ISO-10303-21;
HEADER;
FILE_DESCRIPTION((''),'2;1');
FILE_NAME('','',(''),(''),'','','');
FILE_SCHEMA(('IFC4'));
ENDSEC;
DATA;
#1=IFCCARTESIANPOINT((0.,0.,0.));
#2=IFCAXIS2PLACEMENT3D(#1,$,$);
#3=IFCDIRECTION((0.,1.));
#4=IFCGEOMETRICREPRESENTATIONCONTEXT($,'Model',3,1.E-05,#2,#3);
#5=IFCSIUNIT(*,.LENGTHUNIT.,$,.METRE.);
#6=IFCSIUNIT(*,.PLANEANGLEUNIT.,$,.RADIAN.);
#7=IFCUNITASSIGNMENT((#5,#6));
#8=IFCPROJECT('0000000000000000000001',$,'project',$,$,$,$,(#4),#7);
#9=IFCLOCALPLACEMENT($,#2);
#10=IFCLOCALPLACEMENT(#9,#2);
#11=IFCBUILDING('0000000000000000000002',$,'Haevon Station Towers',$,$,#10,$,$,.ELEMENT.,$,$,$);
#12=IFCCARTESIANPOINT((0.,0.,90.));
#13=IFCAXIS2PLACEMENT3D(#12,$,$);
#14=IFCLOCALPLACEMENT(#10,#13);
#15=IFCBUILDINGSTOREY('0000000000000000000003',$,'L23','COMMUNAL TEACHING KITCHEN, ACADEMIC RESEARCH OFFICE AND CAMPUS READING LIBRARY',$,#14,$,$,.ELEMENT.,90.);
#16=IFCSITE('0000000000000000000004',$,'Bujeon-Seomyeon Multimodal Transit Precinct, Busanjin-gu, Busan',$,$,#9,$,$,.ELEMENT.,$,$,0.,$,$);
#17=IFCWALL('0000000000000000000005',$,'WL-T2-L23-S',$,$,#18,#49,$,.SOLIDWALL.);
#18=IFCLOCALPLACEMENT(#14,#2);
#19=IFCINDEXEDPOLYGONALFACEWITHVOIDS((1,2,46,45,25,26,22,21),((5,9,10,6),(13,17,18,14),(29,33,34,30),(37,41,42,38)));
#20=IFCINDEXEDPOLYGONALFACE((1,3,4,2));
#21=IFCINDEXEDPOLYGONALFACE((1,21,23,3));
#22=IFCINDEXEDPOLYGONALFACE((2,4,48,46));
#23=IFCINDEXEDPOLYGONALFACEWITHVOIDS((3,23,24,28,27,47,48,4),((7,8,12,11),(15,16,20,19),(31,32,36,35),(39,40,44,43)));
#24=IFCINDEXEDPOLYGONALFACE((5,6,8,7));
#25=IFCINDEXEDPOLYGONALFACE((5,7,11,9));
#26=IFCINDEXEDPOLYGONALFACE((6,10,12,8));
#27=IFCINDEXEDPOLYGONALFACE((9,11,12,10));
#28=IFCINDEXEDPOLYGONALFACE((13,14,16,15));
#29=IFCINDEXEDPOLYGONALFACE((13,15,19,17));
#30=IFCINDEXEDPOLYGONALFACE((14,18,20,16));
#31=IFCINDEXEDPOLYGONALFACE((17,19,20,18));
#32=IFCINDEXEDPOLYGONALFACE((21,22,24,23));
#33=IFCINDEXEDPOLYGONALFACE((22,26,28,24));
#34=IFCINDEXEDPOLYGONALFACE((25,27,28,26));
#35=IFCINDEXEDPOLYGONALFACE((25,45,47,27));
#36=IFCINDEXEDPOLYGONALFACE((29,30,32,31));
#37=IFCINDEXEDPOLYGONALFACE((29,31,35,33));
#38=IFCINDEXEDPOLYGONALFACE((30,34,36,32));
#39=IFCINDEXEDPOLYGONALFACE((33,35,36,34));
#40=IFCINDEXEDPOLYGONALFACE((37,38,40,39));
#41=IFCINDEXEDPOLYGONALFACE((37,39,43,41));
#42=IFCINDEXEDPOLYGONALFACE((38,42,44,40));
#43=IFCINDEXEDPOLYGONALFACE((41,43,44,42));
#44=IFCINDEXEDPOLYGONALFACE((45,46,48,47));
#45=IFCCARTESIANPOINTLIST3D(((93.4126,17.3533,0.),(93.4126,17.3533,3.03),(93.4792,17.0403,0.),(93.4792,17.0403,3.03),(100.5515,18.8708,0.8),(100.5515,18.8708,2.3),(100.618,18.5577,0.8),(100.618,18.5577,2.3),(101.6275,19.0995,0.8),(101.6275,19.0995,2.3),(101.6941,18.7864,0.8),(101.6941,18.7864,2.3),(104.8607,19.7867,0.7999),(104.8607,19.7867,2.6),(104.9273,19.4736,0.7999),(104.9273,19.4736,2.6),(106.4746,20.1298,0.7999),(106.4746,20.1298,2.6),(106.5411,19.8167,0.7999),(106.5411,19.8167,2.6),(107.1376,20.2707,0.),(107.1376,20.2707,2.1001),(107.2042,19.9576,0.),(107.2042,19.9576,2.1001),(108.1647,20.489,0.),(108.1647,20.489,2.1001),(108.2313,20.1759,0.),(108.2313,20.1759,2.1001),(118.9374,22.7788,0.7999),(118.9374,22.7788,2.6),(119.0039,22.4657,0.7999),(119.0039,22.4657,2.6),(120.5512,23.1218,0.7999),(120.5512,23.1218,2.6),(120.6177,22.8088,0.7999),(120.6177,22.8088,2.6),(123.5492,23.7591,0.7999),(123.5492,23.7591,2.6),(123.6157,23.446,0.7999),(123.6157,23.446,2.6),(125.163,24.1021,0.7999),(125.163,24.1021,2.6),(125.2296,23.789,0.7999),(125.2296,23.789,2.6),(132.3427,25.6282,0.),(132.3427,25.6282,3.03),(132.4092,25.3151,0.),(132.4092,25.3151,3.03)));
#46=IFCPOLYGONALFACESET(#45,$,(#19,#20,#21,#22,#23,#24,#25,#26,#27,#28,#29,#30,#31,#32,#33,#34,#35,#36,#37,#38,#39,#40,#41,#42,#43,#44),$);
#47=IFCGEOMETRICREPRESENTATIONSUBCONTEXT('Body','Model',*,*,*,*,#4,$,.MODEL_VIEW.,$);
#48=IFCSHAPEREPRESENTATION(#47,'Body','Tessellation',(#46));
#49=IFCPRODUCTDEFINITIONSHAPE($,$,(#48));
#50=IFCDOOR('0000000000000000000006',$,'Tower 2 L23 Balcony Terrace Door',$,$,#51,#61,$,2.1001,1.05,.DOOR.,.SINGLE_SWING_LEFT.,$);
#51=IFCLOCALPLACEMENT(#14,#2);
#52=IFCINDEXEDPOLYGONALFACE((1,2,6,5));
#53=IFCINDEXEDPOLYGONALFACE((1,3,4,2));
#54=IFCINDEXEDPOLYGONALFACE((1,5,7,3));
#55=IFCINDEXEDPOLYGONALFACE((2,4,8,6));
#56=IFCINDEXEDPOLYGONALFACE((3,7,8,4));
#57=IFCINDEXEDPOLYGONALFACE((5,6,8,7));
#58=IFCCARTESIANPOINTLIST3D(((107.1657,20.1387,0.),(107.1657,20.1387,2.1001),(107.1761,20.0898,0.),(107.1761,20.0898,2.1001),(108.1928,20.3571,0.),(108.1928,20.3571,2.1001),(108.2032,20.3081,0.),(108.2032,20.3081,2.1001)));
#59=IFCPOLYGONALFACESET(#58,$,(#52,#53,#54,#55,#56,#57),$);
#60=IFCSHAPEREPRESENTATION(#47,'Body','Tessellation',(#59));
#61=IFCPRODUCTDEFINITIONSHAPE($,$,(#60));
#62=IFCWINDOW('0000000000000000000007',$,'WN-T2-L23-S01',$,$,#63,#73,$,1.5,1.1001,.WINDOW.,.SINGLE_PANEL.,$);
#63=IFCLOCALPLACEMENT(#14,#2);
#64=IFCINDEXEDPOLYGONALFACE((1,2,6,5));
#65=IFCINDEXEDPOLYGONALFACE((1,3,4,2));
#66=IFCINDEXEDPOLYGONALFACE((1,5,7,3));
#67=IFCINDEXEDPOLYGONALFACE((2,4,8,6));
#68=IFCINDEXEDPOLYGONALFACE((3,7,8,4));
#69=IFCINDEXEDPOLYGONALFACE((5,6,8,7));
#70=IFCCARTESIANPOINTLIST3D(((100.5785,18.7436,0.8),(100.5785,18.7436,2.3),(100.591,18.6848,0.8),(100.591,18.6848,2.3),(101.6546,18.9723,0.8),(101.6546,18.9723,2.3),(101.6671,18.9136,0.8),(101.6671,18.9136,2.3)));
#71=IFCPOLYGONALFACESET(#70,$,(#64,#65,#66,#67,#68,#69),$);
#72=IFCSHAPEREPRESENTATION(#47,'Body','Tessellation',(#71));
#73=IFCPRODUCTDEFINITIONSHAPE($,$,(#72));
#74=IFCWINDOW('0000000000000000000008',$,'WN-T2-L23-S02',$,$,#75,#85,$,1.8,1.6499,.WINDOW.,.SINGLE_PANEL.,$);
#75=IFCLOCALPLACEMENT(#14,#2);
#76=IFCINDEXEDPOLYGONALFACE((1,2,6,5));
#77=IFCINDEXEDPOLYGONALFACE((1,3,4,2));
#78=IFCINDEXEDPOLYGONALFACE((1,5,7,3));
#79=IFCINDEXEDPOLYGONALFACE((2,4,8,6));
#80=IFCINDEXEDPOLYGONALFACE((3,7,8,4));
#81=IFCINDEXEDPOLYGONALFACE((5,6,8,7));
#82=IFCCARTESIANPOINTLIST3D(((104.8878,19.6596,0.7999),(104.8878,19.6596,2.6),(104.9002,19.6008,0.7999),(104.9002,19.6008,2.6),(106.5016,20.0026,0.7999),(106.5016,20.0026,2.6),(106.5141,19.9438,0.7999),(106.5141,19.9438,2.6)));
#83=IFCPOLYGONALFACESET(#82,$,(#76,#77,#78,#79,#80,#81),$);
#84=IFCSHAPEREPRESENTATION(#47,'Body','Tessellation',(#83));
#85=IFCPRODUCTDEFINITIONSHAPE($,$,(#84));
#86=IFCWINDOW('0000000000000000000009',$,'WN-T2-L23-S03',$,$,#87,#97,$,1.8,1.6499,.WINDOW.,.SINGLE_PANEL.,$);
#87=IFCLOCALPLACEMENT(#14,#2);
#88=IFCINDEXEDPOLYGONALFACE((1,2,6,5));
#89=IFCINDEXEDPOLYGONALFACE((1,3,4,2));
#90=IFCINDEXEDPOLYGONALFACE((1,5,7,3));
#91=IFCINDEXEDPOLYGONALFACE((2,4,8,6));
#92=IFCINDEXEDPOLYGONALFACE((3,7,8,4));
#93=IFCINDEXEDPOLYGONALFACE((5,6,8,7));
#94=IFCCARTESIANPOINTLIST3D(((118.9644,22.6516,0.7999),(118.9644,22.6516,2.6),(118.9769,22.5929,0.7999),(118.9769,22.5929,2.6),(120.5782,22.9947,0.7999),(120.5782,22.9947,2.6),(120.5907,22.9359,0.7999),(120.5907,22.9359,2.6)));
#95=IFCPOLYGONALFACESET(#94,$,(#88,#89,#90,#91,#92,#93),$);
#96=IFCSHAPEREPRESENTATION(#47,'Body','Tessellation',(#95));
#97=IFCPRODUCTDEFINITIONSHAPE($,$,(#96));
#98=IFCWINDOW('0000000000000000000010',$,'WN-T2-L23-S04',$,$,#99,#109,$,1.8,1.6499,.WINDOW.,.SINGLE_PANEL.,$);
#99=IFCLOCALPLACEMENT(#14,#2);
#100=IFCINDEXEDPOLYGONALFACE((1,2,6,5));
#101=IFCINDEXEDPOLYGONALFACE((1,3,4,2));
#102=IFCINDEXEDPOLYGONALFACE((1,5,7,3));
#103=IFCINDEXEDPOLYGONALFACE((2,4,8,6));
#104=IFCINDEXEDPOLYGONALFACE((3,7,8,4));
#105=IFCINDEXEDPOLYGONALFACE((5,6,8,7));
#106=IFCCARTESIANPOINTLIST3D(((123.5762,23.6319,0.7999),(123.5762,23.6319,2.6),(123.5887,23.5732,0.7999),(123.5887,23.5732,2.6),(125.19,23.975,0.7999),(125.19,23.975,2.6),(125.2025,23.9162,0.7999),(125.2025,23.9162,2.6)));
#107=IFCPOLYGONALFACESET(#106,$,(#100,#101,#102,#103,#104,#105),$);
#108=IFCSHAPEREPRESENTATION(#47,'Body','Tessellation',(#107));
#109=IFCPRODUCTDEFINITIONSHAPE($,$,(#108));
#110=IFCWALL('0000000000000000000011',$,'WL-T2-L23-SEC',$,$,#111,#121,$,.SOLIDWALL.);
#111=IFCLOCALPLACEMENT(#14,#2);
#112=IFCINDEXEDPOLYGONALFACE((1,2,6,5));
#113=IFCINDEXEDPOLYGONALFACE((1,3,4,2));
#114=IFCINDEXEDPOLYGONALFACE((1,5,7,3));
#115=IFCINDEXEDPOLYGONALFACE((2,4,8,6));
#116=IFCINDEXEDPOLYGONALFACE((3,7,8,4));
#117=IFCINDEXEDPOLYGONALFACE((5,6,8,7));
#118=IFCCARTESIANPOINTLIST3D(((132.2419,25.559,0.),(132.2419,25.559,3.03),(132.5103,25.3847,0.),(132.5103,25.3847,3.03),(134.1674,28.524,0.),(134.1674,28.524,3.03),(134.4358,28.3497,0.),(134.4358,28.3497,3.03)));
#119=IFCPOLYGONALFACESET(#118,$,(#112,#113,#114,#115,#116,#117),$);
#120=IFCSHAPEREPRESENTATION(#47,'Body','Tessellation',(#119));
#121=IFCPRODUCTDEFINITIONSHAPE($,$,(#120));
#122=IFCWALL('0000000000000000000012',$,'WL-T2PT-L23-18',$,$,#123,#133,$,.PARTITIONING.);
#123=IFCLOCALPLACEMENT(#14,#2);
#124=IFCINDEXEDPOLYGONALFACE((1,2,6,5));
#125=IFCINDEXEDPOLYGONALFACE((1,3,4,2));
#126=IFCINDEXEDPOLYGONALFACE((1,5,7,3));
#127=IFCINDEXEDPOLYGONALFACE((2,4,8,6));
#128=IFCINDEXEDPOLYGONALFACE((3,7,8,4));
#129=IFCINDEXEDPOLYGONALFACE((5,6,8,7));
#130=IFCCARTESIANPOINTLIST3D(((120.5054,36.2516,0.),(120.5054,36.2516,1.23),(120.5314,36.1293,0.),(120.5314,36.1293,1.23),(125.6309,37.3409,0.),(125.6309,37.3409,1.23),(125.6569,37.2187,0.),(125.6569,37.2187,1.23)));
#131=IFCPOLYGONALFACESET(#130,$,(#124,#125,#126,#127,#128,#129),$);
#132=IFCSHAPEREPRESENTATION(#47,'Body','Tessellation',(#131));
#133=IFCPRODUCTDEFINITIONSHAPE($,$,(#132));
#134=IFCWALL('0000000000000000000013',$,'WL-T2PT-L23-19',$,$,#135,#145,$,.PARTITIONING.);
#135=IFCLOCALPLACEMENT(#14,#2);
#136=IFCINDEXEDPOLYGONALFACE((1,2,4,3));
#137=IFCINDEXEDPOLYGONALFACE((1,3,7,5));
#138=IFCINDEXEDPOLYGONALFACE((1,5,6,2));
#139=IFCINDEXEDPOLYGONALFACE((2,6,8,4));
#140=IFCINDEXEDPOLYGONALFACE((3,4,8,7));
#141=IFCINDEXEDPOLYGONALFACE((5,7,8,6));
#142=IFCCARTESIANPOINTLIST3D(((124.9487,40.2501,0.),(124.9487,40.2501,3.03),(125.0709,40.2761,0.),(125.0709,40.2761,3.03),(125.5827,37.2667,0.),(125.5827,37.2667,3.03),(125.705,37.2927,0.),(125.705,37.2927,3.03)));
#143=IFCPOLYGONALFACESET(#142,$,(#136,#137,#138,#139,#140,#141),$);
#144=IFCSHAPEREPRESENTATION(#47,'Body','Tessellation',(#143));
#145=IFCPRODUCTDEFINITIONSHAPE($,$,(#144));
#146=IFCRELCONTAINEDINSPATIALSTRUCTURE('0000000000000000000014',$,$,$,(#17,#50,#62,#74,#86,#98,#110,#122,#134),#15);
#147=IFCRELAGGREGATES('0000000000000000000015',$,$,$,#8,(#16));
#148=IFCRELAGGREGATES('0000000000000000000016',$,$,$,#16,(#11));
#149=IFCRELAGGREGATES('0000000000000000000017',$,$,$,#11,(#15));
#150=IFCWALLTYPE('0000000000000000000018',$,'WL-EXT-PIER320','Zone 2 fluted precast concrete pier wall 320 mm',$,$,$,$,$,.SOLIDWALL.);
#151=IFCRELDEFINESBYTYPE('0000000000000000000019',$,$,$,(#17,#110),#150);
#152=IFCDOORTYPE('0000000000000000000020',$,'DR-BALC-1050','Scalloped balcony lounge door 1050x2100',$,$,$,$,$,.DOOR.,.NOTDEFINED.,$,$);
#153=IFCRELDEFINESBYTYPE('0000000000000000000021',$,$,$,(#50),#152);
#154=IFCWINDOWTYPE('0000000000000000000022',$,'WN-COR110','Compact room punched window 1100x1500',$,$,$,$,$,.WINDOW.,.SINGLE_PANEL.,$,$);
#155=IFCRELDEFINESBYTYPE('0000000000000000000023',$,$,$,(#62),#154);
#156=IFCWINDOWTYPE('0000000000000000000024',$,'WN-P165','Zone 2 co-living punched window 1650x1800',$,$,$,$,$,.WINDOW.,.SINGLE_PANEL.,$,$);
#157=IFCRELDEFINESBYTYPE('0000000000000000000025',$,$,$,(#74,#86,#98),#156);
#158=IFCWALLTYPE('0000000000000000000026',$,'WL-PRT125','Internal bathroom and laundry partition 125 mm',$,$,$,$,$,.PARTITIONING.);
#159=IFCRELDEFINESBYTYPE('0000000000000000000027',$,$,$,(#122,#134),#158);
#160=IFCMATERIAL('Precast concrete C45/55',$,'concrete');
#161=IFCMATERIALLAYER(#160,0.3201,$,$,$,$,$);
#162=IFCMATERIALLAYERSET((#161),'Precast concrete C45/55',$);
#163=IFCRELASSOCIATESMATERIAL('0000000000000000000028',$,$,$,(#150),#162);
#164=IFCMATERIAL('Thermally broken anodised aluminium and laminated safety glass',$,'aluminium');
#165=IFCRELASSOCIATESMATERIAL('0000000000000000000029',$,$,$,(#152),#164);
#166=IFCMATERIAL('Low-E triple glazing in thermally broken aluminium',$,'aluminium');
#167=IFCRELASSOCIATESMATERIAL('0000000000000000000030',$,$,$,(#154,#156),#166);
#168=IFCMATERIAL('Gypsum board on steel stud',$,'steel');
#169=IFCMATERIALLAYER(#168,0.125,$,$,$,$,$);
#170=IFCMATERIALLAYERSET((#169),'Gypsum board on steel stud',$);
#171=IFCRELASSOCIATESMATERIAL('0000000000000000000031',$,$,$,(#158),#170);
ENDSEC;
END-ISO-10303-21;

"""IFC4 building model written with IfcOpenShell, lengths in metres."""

from ifc_helpers import new_model, si_unit, direction, frame, frame_2d, origin, place, context, subcontext, project, spatial, rectangle, extrude, material, layer, layer_set, type_object, element, fill, save


model = new_model("IFC4")

# Units and contexts
model_context = context("Model", 3, precision=1e-05, world=origin(), true_north=direction((0.0, 1.0)))
body_context = subcontext(model_context, "Body", "Model", "MODEL_VIEW")
ifc_project = project(units=[si_unit("LENGTHUNIT", "METRE"), si_unit("PLANEANGLEUNIT", "RADIAN")], contexts=[model_context])

# Site, building, storey
site_placement = place(None, origin())
site = spatial("IfcSite", under=ifc_project, at=site_placement, Name="Bujeon-Seomyeon Multimodal Transit Precinct, Busanjin-gu, Busan", CompositionType="ELEMENT", RefElevation=0.0)
building_placement = place(site_placement, origin())
building = spatial("IfcBuilding", under=site, at=building_placement, Name="Haevon Station Towers", CompositionType="ELEMENT")
storey_placement = place(building_placement, frame((0.0, 0.0, 90.0)))
storey = spatial("IfcBuildingStorey", under=building, at=storey_placement, Name="L23", Description="COMMUNAL TEACHING KITCHEN, ACADEMIC RESEARCH OFFICE AND CAMPUS READING LIBRARY", CompositionType="ELEMENT", Elevation=90.0)

# Wall, openings, door, windows
ifc_material_1 = material(Name="Precast concrete C45/55", Category="concrete")
ifc_layer_1 = layer(ifc_material_1, 0.3201)
ifc_layer_set_1 = layer_set([ifc_layer_1], Name="Precast concrete C45/55")
wall_type_1 = type_object("IfcWallType", Name="WL-EXT-PIER320", Description="Zone 2 fluted precast concrete pier wall 320 mm", PredefinedType="SOLIDWALL", material=ifc_layer_set_1)
wall_1_placement = place(storey_placement, frame((132.376, 25.4717, 0.0), z_axis=(0.0, 0.0, 1.0), x_axis=(-0.978147, -0.207913, 0.0)))
wall_1 = element("IfcWall", 1, at=wall_1_placement, inside=storey, type_object=wall_type_1, Name="WL-T2-L23-S", PredefinedType="SOLIDWALL", context=body_context, shape_type="SweptSolid", body=[
    extrude(rectangle(XDim=39.7998, YDim=0.3201, at=frame_2d((19.8999, 0.0))), origin(), (0.0, 0.0, 1.0), 3.03),
])
opening_1_placement = place(wall_1_placement, frame((24.7183, 0.0, 0.0)))
opening_1 = element("IfcOpeningElement", 2, at=opening_1_placement, cuts=wall_1, PredefinedType="OPENING", context=body_context, shape_type="SweptSolid", body=[
    extrude(rectangle(XDim=1.05, YDim=2.1001, at=frame_2d((0.5249, 1.05))), frame((0.0, 0.1699, 0.0), z_axis=(0.0, -1.0, 0.0), x_axis=(1.0, 0.0, 0.0)), (0.0, 0.0, 1.0), 0.3401),
])
opening_2_placement = place(wall_1_placement, frame((31.4014, 0.0, 0.8)))
opening_2 = element("IfcOpeningElement", 3, at=opening_2_placement, cuts=wall_1, PredefinedType="OPENING", context=body_context, shape_type="SweptSolid", body=[
    extrude(rectangle(XDim=1.1001, YDim=1.5, at=frame_2d((0.55, 0.75))), frame((0.0, 0.1699, 0.0), z_axis=(0.0, -1.0, 0.0), x_axis=(1.0, 0.0, 0.0)), (0.0, 0.0, 1.0), 0.3401),
])
opening_3_placement = place(wall_1_placement, frame((26.446, 0.0, 0.8)))
opening_3 = element("IfcOpeningElement", 4, at=opening_3_placement, cuts=wall_1, PredefinedType="OPENING", context=body_context, shape_type="SweptSolid", body=[
    extrude(rectangle(XDim=1.6499, YDim=1.8, at=frame_2d((0.825, 0.8999))), frame((0.0, 0.1699, 0.0), z_axis=(0.0, -1.0, 0.0), x_axis=(1.0, 0.0, 0.0)), (0.0, 0.0, 1.0), 0.3401),
])
opening_4_placement = place(wall_1_placement, frame((12.0549, 0.0, 0.8)))
opening_4 = element("IfcOpeningElement", 5, at=opening_4_placement, cuts=wall_1, PredefinedType="OPENING", context=body_context, shape_type="SweptSolid", body=[
    extrude(rectangle(XDim=1.6499, YDim=1.8, at=frame_2d((0.825, 0.8999))), frame((0.0, 0.1699, 0.0), z_axis=(0.0, -1.0, 0.0), x_axis=(1.0, 0.0, 0.0)), (0.0, 0.0, 1.0), 0.3401),
])
opening_5_placement = place(wall_1_placement, frame((7.3401, 0.0, 0.8)))
opening_5 = element("IfcOpeningElement", 6, at=opening_5_placement, cuts=wall_1, PredefinedType="OPENING", context=body_context, shape_type="SweptSolid", body=[
    extrude(rectangle(XDim=1.6499, YDim=1.8, at=frame_2d((0.825, 0.8999))), frame((0.0, 0.1699, 0.0), z_axis=(0.0, -1.0, 0.0), x_axis=(1.0, 0.0, 0.0)), (0.0, 0.0, 1.0), 0.3401),
])
ifc_material_2 = material(Name="Thermally broken anodised aluminium and laminated safety glass", Category="aluminium")
door_type_1 = type_object("IfcDoorType", Name="DR-BALC-1050", Description="Scalloped balcony lounge door 1050x2100", OperationType="NOTDEFINED", PredefinedType="DOOR", material=ifc_material_2)
door_1_placement = place(opening_1_placement, origin())
door_1 = element("IfcDoor", 7, at=door_1_placement, inside=storey, type_object=door_type_1, Name="Tower 2 L23 Balcony Terrace Door", OperationType="SINGLE_SWING_LEFT", OverallHeight=2.1001, OverallWidth=1.05, PredefinedType="DOOR", context=body_context, shape_type="SweptSolid", body=[
    extrude(rectangle(XDim=1.05, YDim=2.1001, at=frame_2d((0.5249, 1.05))), frame((0.0, 0.0249, 0.0), z_axis=(0.0, -1.0, 0.0), x_axis=(1.0, 0.0, 0.0)), (0.0, 0.0, 1.0), 0.05),
])
fill(opening_1, door_1)
ifc_material_3 = material(Name="Low-E triple glazing in thermally broken aluminium", Category="aluminium")
window_type_1 = type_object("IfcWindowType", Name="WN-COR110", Description="Compact room punched window 1100x1500", PartitioningType="SINGLE_PANEL", PredefinedType="WINDOW", material=ifc_material_3)
window_1_placement = place(opening_2_placement, origin())
window_1 = element("IfcWindow", 8, at=window_1_placement, inside=storey, type_object=window_type_1, Name="WN-T2-L23-S01", OverallHeight=1.5, OverallWidth=1.1001, PartitioningType="SINGLE_PANEL", PredefinedType="WINDOW", context=body_context, shape_type="SweptSolid", body=[
    extrude(rectangle(XDim=1.1001, YDim=1.5, at=frame_2d((0.55, 0.75))), frame((0.0, 0.03, 0.0), z_axis=(0.0, -1.0, 0.0), x_axis=(1.0, 0.0, 0.0)), (0.0, 0.0, 1.0), 0.0601),
])
fill(opening_2, window_1)
window_type_2 = type_object("IfcWindowType", Name="WN-P165", Description="Zone 2 co-living punched window 1650x1800", PartitioningType="SINGLE_PANEL", PredefinedType="WINDOW", material=ifc_material_3)
window_2_placement = place(opening_3_placement, origin())
window_2 = element("IfcWindow", 9, at=window_2_placement, inside=storey, type_object=window_type_2, Name="WN-T2-L23-S02", OverallHeight=1.8, OverallWidth=1.6499, PartitioningType="SINGLE_PANEL", PredefinedType="WINDOW", context=body_context, shape_type="SweptSolid", body=[
    extrude(rectangle(XDim=1.6499, YDim=1.8, at=frame_2d((0.825, 0.8999))), frame((0.0, 0.03, 0.0), z_axis=(0.0, -1.0, 0.0), x_axis=(1.0, 0.0, 0.0)), (0.0, 0.0, 1.0), 0.0601),
])
fill(opening_3, window_2)
window_3_placement = place(opening_4_placement, origin())
window_3 = element("IfcWindow", 10, at=window_3_placement, inside=storey, type_object=window_type_2, Name="WN-T2-L23-S03", OverallHeight=1.8, OverallWidth=1.6499, PartitioningType="SINGLE_PANEL", PredefinedType="WINDOW", context=body_context, shape_type="SweptSolid", body=[
    extrude(rectangle(XDim=1.6499, YDim=1.8, at=frame_2d((0.825, 0.8999))), frame((0.0, 0.03, 0.0), z_axis=(0.0, -1.0, 0.0), x_axis=(1.0, 0.0, 0.0)), (0.0, 0.0, 1.0), 0.0601),
])
fill(opening_4, window_3)
window_4_placement = place(opening_5_placement, origin())
window_4 = element("IfcWindow", 11, at=window_4_placement, inside=storey, type_object=window_type_2, Name="WN-T2-L23-S04", OverallHeight=1.8, OverallWidth=1.6499, PartitioningType="SINGLE_PANEL", PredefinedType="WINDOW", context=body_context, shape_type="SweptSolid", body=[
    extrude(rectangle(XDim=1.6499, YDim=1.8, at=frame_2d((0.825, 0.8999))), frame((0.0, 0.03, 0.0), z_axis=(0.0, -1.0, 0.0), x_axis=(1.0, 0.0, 0.0)), (0.0, 0.0, 1.0), 0.0601),
])
fill(opening_5, window_4)

# Walls
wall_2_placement = place(storey_placement, frame((134.3015, 28.4368, 0.0), z_axis=(0.0, 0.0, 1.0), x_axis=(-0.544636, -0.838672, 0.0)))
element("IfcWall", 12, at=wall_2_placement, inside=storey, type_object=wall_type_1, Name="WL-T2-L23-SEC", PredefinedType="SOLIDWALL", context=body_context, shape_type="SweptSolid", body=[
    extrude(rectangle(XDim=3.5354, YDim=0.3201, at=frame_2d((1.7676, 0.0))), origin(), (0.0, 0.0, 1.0), 3.03),
])
ifc_material_4 = material(Name="Gypsum board on steel stud", Category="steel")
ifc_layer_2 = layer(ifc_material_4, 0.125)
ifc_layer_set_2 = layer_set([ifc_layer_2], Name="Gypsum board on steel stud")
wall_type_2 = type_object("IfcWallType", Name="WL-PRT125", Description="Internal bathroom and laundry partition 125 mm", PredefinedType="PARTITIONING", material=ifc_layer_set_2)
wall_3_placement = place(storey_placement, frame((120.5183, 36.1904, 0.0), z_axis=(0.0, 0.0, 1.0), x_axis=(0.978152, 0.207893, 0.0)))
element("IfcWall", 13, at=wall_3_placement, inside=storey, type_object=wall_type_2, Name="WL-T2PT-L23-18", PredefinedType="PARTITIONING", context=body_context, shape_type="SweptSolid", body=[
    extrude(rectangle(XDim=5.24, YDim=0.125, at=frame_2d((2.6201, 0.0))), origin(), (0.0, 0.0, 1.0), 1.23),
])
wall_4_placement = place(storey_placement, frame((125.6438, 37.2798, 0.0), z_axis=(0.0, 0.0, 1.0), x_axis=(-0.207878, 0.978155, 0.0)))
element("IfcWall", 14, at=wall_4_placement, inside=storey, type_object=wall_type_2, Name="WL-T2PT-L23-19", PredefinedType="PARTITIONING", context=body_context, shape_type="SweptSolid", body=[
    extrude(rectangle(XDim=3.05, YDim=0.125, at=frame_2d((1.5249, 0.0))), origin(), (0.0, 0.0, 1.0), 3.03),
])

save(model, "model.ifc")
